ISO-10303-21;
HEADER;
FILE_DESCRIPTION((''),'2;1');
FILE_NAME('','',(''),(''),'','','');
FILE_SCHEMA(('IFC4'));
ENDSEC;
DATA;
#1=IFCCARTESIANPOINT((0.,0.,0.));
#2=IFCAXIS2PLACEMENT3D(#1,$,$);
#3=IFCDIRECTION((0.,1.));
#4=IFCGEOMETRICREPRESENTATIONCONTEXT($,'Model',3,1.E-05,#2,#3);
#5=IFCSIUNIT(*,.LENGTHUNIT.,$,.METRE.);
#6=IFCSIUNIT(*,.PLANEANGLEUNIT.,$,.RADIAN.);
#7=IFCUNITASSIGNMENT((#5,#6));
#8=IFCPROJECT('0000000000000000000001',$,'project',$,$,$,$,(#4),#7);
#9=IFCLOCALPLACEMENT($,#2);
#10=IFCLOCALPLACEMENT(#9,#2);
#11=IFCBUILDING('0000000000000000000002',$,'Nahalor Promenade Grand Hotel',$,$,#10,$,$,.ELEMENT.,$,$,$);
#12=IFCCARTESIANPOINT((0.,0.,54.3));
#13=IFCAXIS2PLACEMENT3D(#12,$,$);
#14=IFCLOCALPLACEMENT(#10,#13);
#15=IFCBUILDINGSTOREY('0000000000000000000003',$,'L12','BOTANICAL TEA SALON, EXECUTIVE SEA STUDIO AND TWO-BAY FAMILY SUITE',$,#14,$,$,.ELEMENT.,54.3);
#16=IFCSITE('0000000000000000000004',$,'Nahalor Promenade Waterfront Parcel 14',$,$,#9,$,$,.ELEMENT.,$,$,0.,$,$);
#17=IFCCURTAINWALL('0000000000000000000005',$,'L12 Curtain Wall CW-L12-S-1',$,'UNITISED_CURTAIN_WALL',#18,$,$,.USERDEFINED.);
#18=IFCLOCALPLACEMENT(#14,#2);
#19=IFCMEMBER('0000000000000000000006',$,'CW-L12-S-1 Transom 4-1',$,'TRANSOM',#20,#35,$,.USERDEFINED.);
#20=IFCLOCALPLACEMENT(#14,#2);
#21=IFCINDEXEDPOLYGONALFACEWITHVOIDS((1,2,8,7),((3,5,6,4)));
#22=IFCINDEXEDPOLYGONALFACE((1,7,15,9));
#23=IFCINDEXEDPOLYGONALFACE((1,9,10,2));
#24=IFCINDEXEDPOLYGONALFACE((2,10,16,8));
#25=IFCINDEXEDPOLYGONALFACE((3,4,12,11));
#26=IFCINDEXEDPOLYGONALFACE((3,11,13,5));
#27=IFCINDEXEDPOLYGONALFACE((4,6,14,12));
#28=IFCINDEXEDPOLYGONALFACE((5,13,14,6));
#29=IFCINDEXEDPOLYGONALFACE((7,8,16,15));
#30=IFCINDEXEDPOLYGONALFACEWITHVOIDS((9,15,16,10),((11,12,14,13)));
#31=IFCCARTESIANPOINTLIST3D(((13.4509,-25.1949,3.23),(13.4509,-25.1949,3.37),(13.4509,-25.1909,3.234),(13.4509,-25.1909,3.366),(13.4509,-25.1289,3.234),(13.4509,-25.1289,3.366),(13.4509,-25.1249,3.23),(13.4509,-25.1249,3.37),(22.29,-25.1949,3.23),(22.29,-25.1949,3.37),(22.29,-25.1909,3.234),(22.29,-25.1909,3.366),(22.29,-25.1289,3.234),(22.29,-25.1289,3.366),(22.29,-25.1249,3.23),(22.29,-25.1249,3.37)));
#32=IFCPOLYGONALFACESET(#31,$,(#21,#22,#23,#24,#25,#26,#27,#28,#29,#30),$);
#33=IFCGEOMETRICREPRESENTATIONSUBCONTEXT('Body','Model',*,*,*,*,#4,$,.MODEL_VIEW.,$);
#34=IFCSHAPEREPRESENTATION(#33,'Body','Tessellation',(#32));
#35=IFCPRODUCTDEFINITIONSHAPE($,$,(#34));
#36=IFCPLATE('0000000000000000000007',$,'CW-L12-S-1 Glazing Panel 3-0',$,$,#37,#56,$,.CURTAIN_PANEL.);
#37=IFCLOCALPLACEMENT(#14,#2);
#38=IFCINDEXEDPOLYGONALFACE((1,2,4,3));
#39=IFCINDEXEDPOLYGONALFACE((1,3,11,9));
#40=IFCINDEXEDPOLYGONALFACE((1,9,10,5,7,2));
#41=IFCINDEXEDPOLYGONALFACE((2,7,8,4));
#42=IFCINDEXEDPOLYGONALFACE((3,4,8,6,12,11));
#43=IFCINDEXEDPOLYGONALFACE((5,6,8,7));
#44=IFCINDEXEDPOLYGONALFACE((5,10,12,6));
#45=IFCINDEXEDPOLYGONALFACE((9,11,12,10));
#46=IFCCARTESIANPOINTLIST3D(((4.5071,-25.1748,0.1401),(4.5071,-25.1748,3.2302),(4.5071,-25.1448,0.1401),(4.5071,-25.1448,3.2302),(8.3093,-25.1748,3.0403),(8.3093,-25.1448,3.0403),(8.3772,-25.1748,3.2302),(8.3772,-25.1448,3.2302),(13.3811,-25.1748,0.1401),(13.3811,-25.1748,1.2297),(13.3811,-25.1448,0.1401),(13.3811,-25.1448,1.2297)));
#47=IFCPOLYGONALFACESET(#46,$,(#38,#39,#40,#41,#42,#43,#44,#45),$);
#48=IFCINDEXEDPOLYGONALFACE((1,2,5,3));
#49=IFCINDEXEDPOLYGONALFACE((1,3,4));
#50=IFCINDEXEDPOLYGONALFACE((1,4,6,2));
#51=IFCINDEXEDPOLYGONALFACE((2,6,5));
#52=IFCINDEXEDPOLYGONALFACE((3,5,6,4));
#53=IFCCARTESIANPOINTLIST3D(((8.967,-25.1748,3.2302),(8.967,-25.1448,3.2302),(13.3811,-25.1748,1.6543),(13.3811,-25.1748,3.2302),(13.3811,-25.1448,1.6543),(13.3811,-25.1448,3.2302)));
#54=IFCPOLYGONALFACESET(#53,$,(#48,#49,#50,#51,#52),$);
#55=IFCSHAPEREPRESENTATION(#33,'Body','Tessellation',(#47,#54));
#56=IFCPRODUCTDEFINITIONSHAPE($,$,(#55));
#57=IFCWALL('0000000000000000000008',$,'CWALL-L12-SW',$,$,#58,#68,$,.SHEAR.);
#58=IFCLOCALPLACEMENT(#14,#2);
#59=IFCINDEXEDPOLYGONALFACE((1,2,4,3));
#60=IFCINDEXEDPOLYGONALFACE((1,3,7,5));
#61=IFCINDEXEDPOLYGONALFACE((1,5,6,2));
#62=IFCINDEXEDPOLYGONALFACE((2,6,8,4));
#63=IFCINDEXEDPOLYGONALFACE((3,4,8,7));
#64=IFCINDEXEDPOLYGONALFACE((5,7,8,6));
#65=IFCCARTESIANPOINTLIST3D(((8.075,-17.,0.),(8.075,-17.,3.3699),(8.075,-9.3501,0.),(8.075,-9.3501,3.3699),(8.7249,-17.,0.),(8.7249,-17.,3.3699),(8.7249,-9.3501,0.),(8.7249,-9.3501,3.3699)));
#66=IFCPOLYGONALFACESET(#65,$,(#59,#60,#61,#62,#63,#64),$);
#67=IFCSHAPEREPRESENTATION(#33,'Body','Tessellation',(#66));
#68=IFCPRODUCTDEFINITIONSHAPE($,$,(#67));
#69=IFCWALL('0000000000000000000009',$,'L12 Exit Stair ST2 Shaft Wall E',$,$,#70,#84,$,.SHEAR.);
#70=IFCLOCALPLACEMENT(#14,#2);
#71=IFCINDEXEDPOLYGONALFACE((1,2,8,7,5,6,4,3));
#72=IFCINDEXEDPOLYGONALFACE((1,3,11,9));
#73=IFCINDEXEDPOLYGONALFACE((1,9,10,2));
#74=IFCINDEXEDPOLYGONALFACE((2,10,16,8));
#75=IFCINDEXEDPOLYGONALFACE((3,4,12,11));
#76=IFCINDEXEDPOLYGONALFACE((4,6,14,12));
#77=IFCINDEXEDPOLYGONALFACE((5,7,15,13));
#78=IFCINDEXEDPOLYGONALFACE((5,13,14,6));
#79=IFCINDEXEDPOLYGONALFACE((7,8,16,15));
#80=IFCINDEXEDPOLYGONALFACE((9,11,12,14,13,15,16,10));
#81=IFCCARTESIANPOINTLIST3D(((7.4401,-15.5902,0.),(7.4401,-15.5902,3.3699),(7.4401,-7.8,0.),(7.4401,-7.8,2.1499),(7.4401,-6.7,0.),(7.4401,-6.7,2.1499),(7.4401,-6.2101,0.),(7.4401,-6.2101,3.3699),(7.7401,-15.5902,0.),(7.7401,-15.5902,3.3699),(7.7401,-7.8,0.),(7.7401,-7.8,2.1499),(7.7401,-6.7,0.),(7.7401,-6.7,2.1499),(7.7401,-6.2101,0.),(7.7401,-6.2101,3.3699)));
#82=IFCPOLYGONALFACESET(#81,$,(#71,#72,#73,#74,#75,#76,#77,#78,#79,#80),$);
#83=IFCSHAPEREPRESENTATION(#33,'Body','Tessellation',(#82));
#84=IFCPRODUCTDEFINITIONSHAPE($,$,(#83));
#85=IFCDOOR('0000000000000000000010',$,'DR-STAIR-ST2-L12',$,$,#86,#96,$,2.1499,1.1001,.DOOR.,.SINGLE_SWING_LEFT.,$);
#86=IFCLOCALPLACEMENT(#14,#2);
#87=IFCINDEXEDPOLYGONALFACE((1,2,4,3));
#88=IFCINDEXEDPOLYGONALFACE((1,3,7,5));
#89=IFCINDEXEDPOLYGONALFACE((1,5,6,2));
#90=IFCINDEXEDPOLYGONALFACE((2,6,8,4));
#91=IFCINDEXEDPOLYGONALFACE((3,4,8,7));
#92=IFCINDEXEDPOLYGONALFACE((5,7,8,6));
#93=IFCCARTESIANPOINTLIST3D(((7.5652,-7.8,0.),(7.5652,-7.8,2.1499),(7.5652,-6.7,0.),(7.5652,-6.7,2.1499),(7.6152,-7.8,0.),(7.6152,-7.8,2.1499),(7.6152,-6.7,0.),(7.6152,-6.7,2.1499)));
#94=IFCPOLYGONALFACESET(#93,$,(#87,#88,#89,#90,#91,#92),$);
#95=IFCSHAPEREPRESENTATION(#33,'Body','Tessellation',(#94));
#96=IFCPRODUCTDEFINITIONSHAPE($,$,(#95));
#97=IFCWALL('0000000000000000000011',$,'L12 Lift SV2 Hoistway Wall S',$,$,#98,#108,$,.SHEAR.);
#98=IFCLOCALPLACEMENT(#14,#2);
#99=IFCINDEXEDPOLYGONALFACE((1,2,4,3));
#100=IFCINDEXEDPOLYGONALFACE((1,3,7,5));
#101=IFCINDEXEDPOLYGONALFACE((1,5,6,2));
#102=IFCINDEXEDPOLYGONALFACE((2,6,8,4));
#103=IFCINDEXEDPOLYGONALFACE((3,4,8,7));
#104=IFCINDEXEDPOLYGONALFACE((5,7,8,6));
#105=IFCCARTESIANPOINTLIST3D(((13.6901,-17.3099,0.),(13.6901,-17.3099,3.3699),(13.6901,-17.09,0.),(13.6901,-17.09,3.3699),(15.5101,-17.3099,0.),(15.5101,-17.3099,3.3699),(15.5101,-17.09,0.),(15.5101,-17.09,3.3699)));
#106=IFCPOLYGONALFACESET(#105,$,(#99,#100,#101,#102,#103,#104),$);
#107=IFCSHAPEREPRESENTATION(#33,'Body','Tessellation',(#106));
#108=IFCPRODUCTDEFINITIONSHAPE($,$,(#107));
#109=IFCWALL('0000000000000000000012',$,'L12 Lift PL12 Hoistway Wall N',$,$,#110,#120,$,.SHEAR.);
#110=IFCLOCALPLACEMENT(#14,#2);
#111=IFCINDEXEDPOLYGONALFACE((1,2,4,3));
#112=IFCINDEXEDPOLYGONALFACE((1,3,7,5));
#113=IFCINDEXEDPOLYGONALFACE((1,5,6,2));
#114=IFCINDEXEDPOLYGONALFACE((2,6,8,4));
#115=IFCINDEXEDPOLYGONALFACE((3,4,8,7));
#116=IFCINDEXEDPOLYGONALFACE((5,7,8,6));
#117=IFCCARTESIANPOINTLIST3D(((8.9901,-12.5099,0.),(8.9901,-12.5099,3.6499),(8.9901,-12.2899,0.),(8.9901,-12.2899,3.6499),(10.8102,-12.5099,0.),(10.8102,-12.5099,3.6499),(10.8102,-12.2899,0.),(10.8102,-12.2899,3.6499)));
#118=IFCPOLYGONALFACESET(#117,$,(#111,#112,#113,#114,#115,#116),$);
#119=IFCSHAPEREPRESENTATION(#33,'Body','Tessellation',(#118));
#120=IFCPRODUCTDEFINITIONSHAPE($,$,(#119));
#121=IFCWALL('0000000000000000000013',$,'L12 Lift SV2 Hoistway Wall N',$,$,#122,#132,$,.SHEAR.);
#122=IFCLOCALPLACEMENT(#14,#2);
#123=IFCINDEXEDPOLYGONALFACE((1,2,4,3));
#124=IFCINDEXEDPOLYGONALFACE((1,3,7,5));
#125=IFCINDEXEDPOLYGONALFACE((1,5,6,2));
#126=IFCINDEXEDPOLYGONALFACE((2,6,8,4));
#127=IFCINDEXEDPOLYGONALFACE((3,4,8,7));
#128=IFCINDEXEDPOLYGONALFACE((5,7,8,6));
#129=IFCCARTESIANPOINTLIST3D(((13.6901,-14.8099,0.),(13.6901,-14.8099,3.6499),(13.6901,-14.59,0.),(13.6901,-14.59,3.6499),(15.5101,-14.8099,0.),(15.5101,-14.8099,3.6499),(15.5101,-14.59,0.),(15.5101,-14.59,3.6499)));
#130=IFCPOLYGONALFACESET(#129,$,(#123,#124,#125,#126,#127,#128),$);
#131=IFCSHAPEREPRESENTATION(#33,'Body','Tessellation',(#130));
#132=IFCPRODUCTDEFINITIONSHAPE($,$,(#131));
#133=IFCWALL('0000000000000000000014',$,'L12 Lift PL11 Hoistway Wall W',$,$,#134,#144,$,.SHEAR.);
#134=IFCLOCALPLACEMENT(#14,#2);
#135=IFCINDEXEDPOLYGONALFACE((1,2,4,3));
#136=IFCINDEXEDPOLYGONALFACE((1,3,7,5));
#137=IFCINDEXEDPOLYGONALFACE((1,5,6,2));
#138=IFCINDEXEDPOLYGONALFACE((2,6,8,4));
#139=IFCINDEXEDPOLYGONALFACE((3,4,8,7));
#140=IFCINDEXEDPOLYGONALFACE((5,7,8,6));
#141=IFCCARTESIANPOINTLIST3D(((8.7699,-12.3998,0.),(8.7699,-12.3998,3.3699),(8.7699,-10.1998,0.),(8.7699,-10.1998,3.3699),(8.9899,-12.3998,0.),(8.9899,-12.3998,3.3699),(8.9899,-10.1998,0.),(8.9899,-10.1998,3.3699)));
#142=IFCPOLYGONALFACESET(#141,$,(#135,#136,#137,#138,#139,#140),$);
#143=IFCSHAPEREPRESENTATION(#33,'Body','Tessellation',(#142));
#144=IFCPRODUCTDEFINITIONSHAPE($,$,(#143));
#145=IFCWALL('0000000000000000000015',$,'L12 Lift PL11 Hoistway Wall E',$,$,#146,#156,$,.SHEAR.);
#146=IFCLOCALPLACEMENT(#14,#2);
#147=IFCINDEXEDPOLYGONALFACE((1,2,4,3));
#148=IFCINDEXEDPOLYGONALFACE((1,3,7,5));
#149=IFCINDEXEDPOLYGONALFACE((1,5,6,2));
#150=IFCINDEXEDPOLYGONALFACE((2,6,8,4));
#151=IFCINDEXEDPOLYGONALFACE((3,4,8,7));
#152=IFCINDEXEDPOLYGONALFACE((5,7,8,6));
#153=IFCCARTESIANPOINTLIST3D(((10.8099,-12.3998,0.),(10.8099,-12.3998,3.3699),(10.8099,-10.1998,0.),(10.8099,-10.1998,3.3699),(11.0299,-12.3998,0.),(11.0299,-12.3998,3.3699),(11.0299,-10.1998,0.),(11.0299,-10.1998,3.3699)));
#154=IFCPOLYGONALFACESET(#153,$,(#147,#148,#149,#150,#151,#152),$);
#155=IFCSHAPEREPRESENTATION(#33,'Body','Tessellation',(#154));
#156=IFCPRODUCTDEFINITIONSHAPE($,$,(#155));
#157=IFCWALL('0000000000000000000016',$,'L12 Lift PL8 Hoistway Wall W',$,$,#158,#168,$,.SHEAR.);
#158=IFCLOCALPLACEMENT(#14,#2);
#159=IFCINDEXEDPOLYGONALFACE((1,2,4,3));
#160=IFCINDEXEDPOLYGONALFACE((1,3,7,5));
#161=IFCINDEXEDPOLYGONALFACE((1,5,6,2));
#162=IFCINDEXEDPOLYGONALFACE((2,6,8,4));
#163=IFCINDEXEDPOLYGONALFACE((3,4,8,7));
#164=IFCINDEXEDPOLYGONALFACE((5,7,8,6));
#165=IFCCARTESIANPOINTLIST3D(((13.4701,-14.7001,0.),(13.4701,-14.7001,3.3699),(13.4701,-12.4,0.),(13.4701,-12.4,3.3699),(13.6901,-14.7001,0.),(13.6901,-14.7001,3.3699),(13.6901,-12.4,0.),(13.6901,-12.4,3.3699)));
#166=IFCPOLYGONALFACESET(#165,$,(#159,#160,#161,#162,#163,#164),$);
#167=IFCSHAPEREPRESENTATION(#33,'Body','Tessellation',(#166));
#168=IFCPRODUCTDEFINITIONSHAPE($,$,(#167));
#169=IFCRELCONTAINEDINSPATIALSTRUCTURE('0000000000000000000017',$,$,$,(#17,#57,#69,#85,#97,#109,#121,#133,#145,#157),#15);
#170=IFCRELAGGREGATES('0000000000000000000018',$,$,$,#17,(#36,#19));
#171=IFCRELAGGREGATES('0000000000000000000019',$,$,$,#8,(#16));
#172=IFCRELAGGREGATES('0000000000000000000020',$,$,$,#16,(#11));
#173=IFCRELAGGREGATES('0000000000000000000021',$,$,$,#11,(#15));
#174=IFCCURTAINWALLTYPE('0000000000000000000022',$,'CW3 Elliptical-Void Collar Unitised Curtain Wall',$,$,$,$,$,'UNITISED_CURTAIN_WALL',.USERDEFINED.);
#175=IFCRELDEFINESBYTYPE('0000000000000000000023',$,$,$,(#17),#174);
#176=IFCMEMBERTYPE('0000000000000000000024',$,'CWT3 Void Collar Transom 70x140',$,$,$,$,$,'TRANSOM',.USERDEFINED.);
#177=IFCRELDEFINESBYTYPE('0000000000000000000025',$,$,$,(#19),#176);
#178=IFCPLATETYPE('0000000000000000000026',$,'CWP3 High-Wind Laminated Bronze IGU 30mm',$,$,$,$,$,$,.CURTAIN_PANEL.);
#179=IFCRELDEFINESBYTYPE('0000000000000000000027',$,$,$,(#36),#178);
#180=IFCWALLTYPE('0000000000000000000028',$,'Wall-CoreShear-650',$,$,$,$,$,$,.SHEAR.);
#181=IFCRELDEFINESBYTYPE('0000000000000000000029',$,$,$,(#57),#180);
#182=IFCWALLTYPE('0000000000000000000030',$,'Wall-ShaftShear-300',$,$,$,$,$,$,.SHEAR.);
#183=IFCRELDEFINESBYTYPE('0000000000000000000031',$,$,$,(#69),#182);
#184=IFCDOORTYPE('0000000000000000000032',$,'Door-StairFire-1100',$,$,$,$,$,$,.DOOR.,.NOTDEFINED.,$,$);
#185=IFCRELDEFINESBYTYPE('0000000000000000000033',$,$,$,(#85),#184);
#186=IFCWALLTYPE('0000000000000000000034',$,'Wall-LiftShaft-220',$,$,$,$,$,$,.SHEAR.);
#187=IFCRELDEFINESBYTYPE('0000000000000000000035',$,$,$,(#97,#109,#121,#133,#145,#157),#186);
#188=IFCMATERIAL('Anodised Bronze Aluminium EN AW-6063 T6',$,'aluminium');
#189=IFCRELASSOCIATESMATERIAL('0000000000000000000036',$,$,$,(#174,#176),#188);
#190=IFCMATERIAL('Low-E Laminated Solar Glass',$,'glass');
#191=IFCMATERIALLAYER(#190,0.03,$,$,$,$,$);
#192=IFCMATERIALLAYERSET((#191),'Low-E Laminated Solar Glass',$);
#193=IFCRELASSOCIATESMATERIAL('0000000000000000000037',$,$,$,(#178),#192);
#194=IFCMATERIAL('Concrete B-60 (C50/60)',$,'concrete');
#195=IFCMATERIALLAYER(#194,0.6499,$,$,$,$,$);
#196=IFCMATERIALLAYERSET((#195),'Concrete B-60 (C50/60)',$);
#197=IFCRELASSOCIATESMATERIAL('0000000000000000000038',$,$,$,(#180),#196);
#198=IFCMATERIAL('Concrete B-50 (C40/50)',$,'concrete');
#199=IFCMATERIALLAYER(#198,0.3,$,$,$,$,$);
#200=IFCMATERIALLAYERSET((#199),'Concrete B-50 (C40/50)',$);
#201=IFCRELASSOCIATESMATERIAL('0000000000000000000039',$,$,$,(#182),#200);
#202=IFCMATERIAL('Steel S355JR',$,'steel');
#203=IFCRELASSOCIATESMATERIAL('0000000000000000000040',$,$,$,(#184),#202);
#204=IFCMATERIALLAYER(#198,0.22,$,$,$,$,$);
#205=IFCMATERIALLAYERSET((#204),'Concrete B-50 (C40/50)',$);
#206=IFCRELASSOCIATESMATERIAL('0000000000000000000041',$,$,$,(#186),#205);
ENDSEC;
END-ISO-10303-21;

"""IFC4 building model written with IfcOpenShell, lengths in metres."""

from ifc_helpers import new_model, si_unit, direction, frame, frame_2d, origin, origin_2d, place, context, subcontext, project, spatial, polyline, rectangle, hollow_rectangle, outline, extrude, source, transform, mapped, material, layer, layer_set, material_profile, profile_set, type_object, element, fill, aggregate, save


model = new_model("IFC4")

# Units and contexts
model_context = context("Model", 3, precision=1e-05, world=origin(), true_north=direction((0.0, 1.0)))
body_context = subcontext(model_context, "Body", "Model", "MODEL_VIEW")
ifc_project = project(units=[si_unit("LENGTHUNIT", "METRE"), si_unit("PLANEANGLEUNIT", "RADIAN")], contexts=[model_context])

# Site, building, storey
site_placement = place(None, origin())
site = spatial("IfcSite", under=ifc_project, at=site_placement, Name="Nahalor Promenade Waterfront Parcel 14", CompositionType="ELEMENT", RefElevation=0.0)
building_placement = place(site_placement, origin())
building = spatial("IfcBuilding", under=site, at=building_placement, Name="Nahalor Promenade Grand Hotel", CompositionType="ELEMENT")
storey_placement = place(building_placement, frame((0.0, 0.0, 54.3)))
storey = spatial("IfcBuildingStorey", under=building, at=storey_placement, Name="L12", Description="BOTANICAL TEA SALON, EXECUTIVE SEA STUDIO AND TWO-BAY FAMILY SUITE", CompositionType="ELEMENT", Elevation=54.3)

# Shared definitions
ifc_material_1 = material(Name="Steel S355JR", Category="steel")

# Curtain wall, member, plate
ifc_material_2 = material(Name="Anodised Bronze Aluminium EN AW-6063 T6", Category="aluminium")
curtain_wall_type = type_object("IfcCurtainWallType", Name="CW3 Elliptical-Void Collar Unitised Curtain Wall", ElementType="UNITISED_CURTAIN_WALL", PredefinedType="USERDEFINED", material=ifc_material_2)
curtain_wall_placement = place(storey_placement, origin())
curtain_wall = element("IfcCurtainWall", 1, at=curtain_wall_placement, inside=storey, type_object=curtain_wall_type, Name="L12 Curtain Wall CW-L12-S-1", ObjectType="UNITISED_CURTAIN_WALL", PredefinedType="USERDEFINED")
ifc_material_profile_1 = material_profile(ifc_material_2, hollow_rectangle(XDim=0.07, YDim=0.14, WallThickness=0.004, at=origin_2d()), Name="CWT 70x140x4")
ifc_profile_set_1 = profile_set([ifc_material_profile_1], Name="Anodised Bronze Aluminium EN AW-6063 T6")
member_type_1 = type_object("IfcMemberType", Name="CWT3 Void Collar Transom 70x140", ElementType="TRANSOM", PredefinedType="USERDEFINED", material=ifc_profile_set_1)
shared_shape_1 = source(origin(), body_context, "Body", "SweptSolid", [
    extrude(hollow_rectangle(XDim=0.07, YDim=0.14, WallThickness=0.004, at=origin_2d()), origin(), (0.0, 0.0, 1.0), 8.8391),
])
member_1_placement = place(storey_placement, frame((13.4509, -25.1599, 3.3), z_axis=(1.0, 0.0, 0.0), x_axis=(0.0, 1.0, 0.0)))
member_1 = element("IfcMember", 2, at=member_1_placement, type_object=member_type_1, Name="CW-L12-S-1 Transom 4-1", ObjectType="TRANSOM", PredefinedType="USERDEFINED", context=body_context, shape_type="MappedRepresentation", body=[
    mapped(shared_shape_1, transform((0.0, 0.0, 0.0), scale=1.0)),
])
ifc_material_3 = material(Name="Low-E Laminated Solar Glass", Category="glass")
ifc_layer_1 = layer(ifc_material_3, 0.03)
ifc_layer_set_1 = layer_set([ifc_layer_1], Name="Low-E Laminated Solar Glass")
plate_type = type_object("IfcPlateType", Name="CWP3 High-Wind Laminated Bronze IGU 30mm", PredefinedType="CURTAIN_PANEL", material=ifc_layer_set_1)
plate_placement = place(storey_placement, frame((8.9441, -25.1599, 0.1401), z_axis=(0.0, 0.0, 1.0), x_axis=(1.0, 0.0, 0.0)))
plate = element("IfcPlate", 3, at=plate_placement, type_object=plate_type, Name="CW-L12-S-1 Glazing Panel 3-0", PredefinedType="CURTAIN_PANEL", context=body_context, shape_type="SweptSolid", body=[
    extrude(outline(polyline([(-4.437, 0.0), (4.437, 0.0), (4.437, 1.0896), (-0.6348, 2.9001), (-0.5669, 3.0901), (-4.437, 3.0901), (-4.437, 0.0)])), frame((0.0, 0.0151, 0.0), z_axis=(0.0, -1.0, 0.0), x_axis=(1.0, 0.0, 0.0)), (0.0, 0.0, 1.0), 0.03),
    extrude(outline(polyline([(4.437, 1.5142), (4.437, 3.0901), (0.0229, 3.0901), (4.437, 1.5142)])), frame((0.0, 0.0151, 0.0), z_axis=(0.0, -1.0, 0.0), x_axis=(1.0, 0.0, 0.0)), (0.0, 0.0, 1.0), 0.03),
])
aggregate(curtain_wall, [plate, member_1])

# Wall
ifc_material_4 = material(Name="Concrete B-60 (C50/60)", Category="concrete")
ifc_layer_2 = layer(ifc_material_4, 0.6499)
ifc_layer_set_2 = layer_set([ifc_layer_2], Name="Concrete B-60 (C50/60)")
wall_type_1 = type_object("IfcWallType", Name="Wall-CoreShear-650", PredefinedType="SHEAR", material=ifc_layer_set_2)
shared_shape_2 = source(origin(), body_context, "Body", "SweptSolid", [
    extrude(rectangle(XDim=7.6499, YDim=0.6499, at=frame_2d((3.825, 0.0))), origin(), (0.0, 0.0, 1.0), 3.3699),
])
wall_1_placement = place(storey_placement, frame((8.3999, -17.0, 0.0), z_axis=(0.0, 0.0, 1.0), x_axis=(0.0, 1.0, 0.0)))
element("IfcWall", 4, at=wall_1_placement, inside=storey, type_object=wall_type_1, Name="CWALL-L12-SW", PredefinedType="SHEAR", context=body_context, shape_type="MappedRepresentation", body=[
    mapped(shared_shape_2, transform((0.0, 0.0, 0.0), scale=1.0)),
])

# Wall, opening, door
ifc_material_5 = material(Name="Concrete B-50 (C40/50)", Category="concrete")
ifc_layer_3 = layer(ifc_material_5, 0.3)
ifc_layer_set_3 = layer_set([ifc_layer_3], Name="Concrete B-50 (C40/50)")
wall_type_2 = type_object("IfcWallType", Name="Wall-ShaftShear-300", PredefinedType="SHEAR", material=ifc_layer_set_3)
shared_shape_3 = source(origin(), body_context, "Body", "SweptSolid", [
    extrude(rectangle(XDim=9.3801, YDim=0.3, at=frame_2d((4.6899, 0.0))), origin(), (0.0, 0.0, 1.0), 3.3699),
])
wall_2_placement = place(storey_placement, frame((7.5901, -15.5901, 0.0), z_axis=(0.0, 0.0, 1.0), x_axis=(0.0, 1.0, 0.0)))
wall_2 = element("IfcWall", 5, at=wall_2_placement, inside=storey, type_object=wall_type_2, Name="L12 Exit Stair ST2 Shaft Wall E", PredefinedType="SHEAR", context=body_context, shape_type="MappedRepresentation", body=[
    mapped(shared_shape_3, transform((0.0, 0.0, 0.0), scale=1.0)),
])
opening_1_placement = place(wall_2_placement, frame((7.79, 0.0, 0.0)))
opening_1 = element("IfcOpeningElement", 6, at=opening_1_placement, cuts=wall_2, PredefinedType="OPENING", context=body_context, shape_type="SweptSolid", body=[
    extrude(rectangle(XDim=1.1001, YDim=2.1499, at=frame_2d((0.55, 1.075))), frame((0.0, 0.1599, 0.0), z_axis=(0.0, -1.0, 0.0), x_axis=(1.0, 0.0, 0.0)), (0.0, 0.0, 1.0), 0.3201),
])
door_type_1 = type_object("IfcDoorType", Name="Door-StairFire-1100", OperationType="NOTDEFINED", PredefinedType="DOOR", material=ifc_material_1)
shared_shape_4 = source(origin(), body_context, "Body", "SweptSolid", [
    extrude(rectangle(XDim=1.1001, YDim=2.1499, at=frame_2d((0.55, 1.075))), frame((0.0, 0.0249, 0.0), z_axis=(0.0, -1.0, 0.0), x_axis=(1.0, 0.0, 0.0)), (0.0, 0.0, 1.0), 0.05),
])
door_1_placement = place(opening_1_placement, origin())
door_1 = element("IfcDoor", 7, at=door_1_placement, inside=storey, type_object=door_type_1, Name="DR-STAIR-ST2-L12", OperationType="SINGLE_SWING_LEFT", OverallHeight=2.1499, OverallWidth=1.1001, PredefinedType="DOOR", context=body_context, shape_type="MappedRepresentation", body=[
    mapped(shared_shape_4, transform((0.0, 0.0, 0.0), scale=1.0)),
])
fill(opening_1, door_1)

# Walls
ifc_layer_4 = layer(ifc_material_5, 0.22)
ifc_layer_set_4 = layer_set([ifc_layer_4], Name="Concrete B-50 (C40/50)")
wall_type_3 = type_object("IfcWallType", Name="Wall-LiftShaft-220", PredefinedType="SHEAR", material=ifc_layer_set_4)
shared_shape_5 = source(origin(), body_context, "Body", "SweptSolid", [
    extrude(rectangle(XDim=1.8201, YDim=0.22, at=frame_2d((0.9102, 0.0))), origin(), (0.0, 0.0, 1.0), 3.3699),
])
wall_3_placement = place(storey_placement, frame((13.6899, -17.2, 0.0), z_axis=(0.0, 0.0, 1.0), x_axis=(1.0, 0.0, 0.0)))
element("IfcWall", 8, at=wall_3_placement, inside=storey, type_object=wall_type_3, Name="L12 Lift SV2 Hoistway Wall S", PredefinedType="SHEAR", context=body_context, shape_type="MappedRepresentation", body=[
    mapped(shared_shape_5, transform((0.0, 0.0, 0.0), scale=1.0)),
])
shared_shape_6 = source(origin(), body_context, "Body", "SweptSolid", [
    extrude(rectangle(XDim=1.8201, YDim=0.22, at=frame_2d((0.9102, 0.0))), origin(), (0.0, 0.0, 1.0), 3.6499),
])
for number, where, z_axis, x_axis, name in (
    (9, (8.99, -12.3999, 0.0), (0.0, 0.0, 1.0), (1.0, 0.0, 0.0), "L12 Lift PL12 Hoistway Wall N"),
    (10, (13.6899, -14.7, 0.0), (0.0, 0.0, 1.0), (1.0, 0.0, 0.0), "L12 Lift SV2 Hoistway Wall N"),
):
    element("IfcWall", number, at=place(storey_placement, frame(where, z_axis=z_axis, x_axis=x_axis)), inside=storey, type_object=wall_type_3, Name=name, PredefinedType="SHEAR", context=body_context, shape_type="MappedRepresentation", body=[
        mapped(shared_shape_6, transform((0.0, 0.0, 0.0), scale=1.0)),
    ])
shared_shape_7 = source(origin(), body_context, "Body", "SweptSolid", [
    extrude(rectangle(XDim=2.2, YDim=0.22, at=frame_2d((1.1001, 0.0))), origin(), (0.0, 0.0, 1.0), 3.3699),
])
for number, where, z_axis, x_axis, name in (
    (11, (8.8799, -12.3999, 0.0), (0.0, 0.0, 1.0), (0.0, 1.0, 0.0), "L12 Lift PL11 Hoistway Wall W"),
    (12, (10.9199, -12.3999, 0.0), (0.0, 0.0, 1.0), (0.0, 1.0, 0.0), "L12 Lift PL11 Hoistway Wall E"),
):
    element("IfcWall", number, at=place(storey_placement, frame(where, z_axis=z_axis, x_axis=x_axis)), inside=storey, type_object=wall_type_3, Name=name, PredefinedType="SHEAR", context=body_context, shape_type="MappedRepresentation", body=[
        mapped(shared_shape_7, transform((0.0, 0.0, 0.0), scale=1.0)),
    ])
shared_shape_8 = source(origin(), body_context, "Body", "SweptSolid", [
    extrude(rectangle(XDim=2.3, YDim=0.22, at=frame_2d((1.1499, 0.0))), origin(), (0.0, 0.0, 1.0), 3.3699),
])
wall_4_placement = place(storey_placement, frame((13.5801, -14.7, 0.0), z_axis=(0.0, 0.0, 1.0), x_axis=(0.0, 1.0, 0.0)))
element("IfcWall", 13, at=wall_4_placement, inside=storey, type_object=wall_type_3, Name="L12 Lift PL8 Hoistway Wall W", PredefinedType="SHEAR", context=body_context, shape_type="MappedRepresentation", body=[
    mapped(shared_shape_8, transform((0.0, 0.0, 0.0), scale=1.0)),
])

save(model, "model.ifc")
